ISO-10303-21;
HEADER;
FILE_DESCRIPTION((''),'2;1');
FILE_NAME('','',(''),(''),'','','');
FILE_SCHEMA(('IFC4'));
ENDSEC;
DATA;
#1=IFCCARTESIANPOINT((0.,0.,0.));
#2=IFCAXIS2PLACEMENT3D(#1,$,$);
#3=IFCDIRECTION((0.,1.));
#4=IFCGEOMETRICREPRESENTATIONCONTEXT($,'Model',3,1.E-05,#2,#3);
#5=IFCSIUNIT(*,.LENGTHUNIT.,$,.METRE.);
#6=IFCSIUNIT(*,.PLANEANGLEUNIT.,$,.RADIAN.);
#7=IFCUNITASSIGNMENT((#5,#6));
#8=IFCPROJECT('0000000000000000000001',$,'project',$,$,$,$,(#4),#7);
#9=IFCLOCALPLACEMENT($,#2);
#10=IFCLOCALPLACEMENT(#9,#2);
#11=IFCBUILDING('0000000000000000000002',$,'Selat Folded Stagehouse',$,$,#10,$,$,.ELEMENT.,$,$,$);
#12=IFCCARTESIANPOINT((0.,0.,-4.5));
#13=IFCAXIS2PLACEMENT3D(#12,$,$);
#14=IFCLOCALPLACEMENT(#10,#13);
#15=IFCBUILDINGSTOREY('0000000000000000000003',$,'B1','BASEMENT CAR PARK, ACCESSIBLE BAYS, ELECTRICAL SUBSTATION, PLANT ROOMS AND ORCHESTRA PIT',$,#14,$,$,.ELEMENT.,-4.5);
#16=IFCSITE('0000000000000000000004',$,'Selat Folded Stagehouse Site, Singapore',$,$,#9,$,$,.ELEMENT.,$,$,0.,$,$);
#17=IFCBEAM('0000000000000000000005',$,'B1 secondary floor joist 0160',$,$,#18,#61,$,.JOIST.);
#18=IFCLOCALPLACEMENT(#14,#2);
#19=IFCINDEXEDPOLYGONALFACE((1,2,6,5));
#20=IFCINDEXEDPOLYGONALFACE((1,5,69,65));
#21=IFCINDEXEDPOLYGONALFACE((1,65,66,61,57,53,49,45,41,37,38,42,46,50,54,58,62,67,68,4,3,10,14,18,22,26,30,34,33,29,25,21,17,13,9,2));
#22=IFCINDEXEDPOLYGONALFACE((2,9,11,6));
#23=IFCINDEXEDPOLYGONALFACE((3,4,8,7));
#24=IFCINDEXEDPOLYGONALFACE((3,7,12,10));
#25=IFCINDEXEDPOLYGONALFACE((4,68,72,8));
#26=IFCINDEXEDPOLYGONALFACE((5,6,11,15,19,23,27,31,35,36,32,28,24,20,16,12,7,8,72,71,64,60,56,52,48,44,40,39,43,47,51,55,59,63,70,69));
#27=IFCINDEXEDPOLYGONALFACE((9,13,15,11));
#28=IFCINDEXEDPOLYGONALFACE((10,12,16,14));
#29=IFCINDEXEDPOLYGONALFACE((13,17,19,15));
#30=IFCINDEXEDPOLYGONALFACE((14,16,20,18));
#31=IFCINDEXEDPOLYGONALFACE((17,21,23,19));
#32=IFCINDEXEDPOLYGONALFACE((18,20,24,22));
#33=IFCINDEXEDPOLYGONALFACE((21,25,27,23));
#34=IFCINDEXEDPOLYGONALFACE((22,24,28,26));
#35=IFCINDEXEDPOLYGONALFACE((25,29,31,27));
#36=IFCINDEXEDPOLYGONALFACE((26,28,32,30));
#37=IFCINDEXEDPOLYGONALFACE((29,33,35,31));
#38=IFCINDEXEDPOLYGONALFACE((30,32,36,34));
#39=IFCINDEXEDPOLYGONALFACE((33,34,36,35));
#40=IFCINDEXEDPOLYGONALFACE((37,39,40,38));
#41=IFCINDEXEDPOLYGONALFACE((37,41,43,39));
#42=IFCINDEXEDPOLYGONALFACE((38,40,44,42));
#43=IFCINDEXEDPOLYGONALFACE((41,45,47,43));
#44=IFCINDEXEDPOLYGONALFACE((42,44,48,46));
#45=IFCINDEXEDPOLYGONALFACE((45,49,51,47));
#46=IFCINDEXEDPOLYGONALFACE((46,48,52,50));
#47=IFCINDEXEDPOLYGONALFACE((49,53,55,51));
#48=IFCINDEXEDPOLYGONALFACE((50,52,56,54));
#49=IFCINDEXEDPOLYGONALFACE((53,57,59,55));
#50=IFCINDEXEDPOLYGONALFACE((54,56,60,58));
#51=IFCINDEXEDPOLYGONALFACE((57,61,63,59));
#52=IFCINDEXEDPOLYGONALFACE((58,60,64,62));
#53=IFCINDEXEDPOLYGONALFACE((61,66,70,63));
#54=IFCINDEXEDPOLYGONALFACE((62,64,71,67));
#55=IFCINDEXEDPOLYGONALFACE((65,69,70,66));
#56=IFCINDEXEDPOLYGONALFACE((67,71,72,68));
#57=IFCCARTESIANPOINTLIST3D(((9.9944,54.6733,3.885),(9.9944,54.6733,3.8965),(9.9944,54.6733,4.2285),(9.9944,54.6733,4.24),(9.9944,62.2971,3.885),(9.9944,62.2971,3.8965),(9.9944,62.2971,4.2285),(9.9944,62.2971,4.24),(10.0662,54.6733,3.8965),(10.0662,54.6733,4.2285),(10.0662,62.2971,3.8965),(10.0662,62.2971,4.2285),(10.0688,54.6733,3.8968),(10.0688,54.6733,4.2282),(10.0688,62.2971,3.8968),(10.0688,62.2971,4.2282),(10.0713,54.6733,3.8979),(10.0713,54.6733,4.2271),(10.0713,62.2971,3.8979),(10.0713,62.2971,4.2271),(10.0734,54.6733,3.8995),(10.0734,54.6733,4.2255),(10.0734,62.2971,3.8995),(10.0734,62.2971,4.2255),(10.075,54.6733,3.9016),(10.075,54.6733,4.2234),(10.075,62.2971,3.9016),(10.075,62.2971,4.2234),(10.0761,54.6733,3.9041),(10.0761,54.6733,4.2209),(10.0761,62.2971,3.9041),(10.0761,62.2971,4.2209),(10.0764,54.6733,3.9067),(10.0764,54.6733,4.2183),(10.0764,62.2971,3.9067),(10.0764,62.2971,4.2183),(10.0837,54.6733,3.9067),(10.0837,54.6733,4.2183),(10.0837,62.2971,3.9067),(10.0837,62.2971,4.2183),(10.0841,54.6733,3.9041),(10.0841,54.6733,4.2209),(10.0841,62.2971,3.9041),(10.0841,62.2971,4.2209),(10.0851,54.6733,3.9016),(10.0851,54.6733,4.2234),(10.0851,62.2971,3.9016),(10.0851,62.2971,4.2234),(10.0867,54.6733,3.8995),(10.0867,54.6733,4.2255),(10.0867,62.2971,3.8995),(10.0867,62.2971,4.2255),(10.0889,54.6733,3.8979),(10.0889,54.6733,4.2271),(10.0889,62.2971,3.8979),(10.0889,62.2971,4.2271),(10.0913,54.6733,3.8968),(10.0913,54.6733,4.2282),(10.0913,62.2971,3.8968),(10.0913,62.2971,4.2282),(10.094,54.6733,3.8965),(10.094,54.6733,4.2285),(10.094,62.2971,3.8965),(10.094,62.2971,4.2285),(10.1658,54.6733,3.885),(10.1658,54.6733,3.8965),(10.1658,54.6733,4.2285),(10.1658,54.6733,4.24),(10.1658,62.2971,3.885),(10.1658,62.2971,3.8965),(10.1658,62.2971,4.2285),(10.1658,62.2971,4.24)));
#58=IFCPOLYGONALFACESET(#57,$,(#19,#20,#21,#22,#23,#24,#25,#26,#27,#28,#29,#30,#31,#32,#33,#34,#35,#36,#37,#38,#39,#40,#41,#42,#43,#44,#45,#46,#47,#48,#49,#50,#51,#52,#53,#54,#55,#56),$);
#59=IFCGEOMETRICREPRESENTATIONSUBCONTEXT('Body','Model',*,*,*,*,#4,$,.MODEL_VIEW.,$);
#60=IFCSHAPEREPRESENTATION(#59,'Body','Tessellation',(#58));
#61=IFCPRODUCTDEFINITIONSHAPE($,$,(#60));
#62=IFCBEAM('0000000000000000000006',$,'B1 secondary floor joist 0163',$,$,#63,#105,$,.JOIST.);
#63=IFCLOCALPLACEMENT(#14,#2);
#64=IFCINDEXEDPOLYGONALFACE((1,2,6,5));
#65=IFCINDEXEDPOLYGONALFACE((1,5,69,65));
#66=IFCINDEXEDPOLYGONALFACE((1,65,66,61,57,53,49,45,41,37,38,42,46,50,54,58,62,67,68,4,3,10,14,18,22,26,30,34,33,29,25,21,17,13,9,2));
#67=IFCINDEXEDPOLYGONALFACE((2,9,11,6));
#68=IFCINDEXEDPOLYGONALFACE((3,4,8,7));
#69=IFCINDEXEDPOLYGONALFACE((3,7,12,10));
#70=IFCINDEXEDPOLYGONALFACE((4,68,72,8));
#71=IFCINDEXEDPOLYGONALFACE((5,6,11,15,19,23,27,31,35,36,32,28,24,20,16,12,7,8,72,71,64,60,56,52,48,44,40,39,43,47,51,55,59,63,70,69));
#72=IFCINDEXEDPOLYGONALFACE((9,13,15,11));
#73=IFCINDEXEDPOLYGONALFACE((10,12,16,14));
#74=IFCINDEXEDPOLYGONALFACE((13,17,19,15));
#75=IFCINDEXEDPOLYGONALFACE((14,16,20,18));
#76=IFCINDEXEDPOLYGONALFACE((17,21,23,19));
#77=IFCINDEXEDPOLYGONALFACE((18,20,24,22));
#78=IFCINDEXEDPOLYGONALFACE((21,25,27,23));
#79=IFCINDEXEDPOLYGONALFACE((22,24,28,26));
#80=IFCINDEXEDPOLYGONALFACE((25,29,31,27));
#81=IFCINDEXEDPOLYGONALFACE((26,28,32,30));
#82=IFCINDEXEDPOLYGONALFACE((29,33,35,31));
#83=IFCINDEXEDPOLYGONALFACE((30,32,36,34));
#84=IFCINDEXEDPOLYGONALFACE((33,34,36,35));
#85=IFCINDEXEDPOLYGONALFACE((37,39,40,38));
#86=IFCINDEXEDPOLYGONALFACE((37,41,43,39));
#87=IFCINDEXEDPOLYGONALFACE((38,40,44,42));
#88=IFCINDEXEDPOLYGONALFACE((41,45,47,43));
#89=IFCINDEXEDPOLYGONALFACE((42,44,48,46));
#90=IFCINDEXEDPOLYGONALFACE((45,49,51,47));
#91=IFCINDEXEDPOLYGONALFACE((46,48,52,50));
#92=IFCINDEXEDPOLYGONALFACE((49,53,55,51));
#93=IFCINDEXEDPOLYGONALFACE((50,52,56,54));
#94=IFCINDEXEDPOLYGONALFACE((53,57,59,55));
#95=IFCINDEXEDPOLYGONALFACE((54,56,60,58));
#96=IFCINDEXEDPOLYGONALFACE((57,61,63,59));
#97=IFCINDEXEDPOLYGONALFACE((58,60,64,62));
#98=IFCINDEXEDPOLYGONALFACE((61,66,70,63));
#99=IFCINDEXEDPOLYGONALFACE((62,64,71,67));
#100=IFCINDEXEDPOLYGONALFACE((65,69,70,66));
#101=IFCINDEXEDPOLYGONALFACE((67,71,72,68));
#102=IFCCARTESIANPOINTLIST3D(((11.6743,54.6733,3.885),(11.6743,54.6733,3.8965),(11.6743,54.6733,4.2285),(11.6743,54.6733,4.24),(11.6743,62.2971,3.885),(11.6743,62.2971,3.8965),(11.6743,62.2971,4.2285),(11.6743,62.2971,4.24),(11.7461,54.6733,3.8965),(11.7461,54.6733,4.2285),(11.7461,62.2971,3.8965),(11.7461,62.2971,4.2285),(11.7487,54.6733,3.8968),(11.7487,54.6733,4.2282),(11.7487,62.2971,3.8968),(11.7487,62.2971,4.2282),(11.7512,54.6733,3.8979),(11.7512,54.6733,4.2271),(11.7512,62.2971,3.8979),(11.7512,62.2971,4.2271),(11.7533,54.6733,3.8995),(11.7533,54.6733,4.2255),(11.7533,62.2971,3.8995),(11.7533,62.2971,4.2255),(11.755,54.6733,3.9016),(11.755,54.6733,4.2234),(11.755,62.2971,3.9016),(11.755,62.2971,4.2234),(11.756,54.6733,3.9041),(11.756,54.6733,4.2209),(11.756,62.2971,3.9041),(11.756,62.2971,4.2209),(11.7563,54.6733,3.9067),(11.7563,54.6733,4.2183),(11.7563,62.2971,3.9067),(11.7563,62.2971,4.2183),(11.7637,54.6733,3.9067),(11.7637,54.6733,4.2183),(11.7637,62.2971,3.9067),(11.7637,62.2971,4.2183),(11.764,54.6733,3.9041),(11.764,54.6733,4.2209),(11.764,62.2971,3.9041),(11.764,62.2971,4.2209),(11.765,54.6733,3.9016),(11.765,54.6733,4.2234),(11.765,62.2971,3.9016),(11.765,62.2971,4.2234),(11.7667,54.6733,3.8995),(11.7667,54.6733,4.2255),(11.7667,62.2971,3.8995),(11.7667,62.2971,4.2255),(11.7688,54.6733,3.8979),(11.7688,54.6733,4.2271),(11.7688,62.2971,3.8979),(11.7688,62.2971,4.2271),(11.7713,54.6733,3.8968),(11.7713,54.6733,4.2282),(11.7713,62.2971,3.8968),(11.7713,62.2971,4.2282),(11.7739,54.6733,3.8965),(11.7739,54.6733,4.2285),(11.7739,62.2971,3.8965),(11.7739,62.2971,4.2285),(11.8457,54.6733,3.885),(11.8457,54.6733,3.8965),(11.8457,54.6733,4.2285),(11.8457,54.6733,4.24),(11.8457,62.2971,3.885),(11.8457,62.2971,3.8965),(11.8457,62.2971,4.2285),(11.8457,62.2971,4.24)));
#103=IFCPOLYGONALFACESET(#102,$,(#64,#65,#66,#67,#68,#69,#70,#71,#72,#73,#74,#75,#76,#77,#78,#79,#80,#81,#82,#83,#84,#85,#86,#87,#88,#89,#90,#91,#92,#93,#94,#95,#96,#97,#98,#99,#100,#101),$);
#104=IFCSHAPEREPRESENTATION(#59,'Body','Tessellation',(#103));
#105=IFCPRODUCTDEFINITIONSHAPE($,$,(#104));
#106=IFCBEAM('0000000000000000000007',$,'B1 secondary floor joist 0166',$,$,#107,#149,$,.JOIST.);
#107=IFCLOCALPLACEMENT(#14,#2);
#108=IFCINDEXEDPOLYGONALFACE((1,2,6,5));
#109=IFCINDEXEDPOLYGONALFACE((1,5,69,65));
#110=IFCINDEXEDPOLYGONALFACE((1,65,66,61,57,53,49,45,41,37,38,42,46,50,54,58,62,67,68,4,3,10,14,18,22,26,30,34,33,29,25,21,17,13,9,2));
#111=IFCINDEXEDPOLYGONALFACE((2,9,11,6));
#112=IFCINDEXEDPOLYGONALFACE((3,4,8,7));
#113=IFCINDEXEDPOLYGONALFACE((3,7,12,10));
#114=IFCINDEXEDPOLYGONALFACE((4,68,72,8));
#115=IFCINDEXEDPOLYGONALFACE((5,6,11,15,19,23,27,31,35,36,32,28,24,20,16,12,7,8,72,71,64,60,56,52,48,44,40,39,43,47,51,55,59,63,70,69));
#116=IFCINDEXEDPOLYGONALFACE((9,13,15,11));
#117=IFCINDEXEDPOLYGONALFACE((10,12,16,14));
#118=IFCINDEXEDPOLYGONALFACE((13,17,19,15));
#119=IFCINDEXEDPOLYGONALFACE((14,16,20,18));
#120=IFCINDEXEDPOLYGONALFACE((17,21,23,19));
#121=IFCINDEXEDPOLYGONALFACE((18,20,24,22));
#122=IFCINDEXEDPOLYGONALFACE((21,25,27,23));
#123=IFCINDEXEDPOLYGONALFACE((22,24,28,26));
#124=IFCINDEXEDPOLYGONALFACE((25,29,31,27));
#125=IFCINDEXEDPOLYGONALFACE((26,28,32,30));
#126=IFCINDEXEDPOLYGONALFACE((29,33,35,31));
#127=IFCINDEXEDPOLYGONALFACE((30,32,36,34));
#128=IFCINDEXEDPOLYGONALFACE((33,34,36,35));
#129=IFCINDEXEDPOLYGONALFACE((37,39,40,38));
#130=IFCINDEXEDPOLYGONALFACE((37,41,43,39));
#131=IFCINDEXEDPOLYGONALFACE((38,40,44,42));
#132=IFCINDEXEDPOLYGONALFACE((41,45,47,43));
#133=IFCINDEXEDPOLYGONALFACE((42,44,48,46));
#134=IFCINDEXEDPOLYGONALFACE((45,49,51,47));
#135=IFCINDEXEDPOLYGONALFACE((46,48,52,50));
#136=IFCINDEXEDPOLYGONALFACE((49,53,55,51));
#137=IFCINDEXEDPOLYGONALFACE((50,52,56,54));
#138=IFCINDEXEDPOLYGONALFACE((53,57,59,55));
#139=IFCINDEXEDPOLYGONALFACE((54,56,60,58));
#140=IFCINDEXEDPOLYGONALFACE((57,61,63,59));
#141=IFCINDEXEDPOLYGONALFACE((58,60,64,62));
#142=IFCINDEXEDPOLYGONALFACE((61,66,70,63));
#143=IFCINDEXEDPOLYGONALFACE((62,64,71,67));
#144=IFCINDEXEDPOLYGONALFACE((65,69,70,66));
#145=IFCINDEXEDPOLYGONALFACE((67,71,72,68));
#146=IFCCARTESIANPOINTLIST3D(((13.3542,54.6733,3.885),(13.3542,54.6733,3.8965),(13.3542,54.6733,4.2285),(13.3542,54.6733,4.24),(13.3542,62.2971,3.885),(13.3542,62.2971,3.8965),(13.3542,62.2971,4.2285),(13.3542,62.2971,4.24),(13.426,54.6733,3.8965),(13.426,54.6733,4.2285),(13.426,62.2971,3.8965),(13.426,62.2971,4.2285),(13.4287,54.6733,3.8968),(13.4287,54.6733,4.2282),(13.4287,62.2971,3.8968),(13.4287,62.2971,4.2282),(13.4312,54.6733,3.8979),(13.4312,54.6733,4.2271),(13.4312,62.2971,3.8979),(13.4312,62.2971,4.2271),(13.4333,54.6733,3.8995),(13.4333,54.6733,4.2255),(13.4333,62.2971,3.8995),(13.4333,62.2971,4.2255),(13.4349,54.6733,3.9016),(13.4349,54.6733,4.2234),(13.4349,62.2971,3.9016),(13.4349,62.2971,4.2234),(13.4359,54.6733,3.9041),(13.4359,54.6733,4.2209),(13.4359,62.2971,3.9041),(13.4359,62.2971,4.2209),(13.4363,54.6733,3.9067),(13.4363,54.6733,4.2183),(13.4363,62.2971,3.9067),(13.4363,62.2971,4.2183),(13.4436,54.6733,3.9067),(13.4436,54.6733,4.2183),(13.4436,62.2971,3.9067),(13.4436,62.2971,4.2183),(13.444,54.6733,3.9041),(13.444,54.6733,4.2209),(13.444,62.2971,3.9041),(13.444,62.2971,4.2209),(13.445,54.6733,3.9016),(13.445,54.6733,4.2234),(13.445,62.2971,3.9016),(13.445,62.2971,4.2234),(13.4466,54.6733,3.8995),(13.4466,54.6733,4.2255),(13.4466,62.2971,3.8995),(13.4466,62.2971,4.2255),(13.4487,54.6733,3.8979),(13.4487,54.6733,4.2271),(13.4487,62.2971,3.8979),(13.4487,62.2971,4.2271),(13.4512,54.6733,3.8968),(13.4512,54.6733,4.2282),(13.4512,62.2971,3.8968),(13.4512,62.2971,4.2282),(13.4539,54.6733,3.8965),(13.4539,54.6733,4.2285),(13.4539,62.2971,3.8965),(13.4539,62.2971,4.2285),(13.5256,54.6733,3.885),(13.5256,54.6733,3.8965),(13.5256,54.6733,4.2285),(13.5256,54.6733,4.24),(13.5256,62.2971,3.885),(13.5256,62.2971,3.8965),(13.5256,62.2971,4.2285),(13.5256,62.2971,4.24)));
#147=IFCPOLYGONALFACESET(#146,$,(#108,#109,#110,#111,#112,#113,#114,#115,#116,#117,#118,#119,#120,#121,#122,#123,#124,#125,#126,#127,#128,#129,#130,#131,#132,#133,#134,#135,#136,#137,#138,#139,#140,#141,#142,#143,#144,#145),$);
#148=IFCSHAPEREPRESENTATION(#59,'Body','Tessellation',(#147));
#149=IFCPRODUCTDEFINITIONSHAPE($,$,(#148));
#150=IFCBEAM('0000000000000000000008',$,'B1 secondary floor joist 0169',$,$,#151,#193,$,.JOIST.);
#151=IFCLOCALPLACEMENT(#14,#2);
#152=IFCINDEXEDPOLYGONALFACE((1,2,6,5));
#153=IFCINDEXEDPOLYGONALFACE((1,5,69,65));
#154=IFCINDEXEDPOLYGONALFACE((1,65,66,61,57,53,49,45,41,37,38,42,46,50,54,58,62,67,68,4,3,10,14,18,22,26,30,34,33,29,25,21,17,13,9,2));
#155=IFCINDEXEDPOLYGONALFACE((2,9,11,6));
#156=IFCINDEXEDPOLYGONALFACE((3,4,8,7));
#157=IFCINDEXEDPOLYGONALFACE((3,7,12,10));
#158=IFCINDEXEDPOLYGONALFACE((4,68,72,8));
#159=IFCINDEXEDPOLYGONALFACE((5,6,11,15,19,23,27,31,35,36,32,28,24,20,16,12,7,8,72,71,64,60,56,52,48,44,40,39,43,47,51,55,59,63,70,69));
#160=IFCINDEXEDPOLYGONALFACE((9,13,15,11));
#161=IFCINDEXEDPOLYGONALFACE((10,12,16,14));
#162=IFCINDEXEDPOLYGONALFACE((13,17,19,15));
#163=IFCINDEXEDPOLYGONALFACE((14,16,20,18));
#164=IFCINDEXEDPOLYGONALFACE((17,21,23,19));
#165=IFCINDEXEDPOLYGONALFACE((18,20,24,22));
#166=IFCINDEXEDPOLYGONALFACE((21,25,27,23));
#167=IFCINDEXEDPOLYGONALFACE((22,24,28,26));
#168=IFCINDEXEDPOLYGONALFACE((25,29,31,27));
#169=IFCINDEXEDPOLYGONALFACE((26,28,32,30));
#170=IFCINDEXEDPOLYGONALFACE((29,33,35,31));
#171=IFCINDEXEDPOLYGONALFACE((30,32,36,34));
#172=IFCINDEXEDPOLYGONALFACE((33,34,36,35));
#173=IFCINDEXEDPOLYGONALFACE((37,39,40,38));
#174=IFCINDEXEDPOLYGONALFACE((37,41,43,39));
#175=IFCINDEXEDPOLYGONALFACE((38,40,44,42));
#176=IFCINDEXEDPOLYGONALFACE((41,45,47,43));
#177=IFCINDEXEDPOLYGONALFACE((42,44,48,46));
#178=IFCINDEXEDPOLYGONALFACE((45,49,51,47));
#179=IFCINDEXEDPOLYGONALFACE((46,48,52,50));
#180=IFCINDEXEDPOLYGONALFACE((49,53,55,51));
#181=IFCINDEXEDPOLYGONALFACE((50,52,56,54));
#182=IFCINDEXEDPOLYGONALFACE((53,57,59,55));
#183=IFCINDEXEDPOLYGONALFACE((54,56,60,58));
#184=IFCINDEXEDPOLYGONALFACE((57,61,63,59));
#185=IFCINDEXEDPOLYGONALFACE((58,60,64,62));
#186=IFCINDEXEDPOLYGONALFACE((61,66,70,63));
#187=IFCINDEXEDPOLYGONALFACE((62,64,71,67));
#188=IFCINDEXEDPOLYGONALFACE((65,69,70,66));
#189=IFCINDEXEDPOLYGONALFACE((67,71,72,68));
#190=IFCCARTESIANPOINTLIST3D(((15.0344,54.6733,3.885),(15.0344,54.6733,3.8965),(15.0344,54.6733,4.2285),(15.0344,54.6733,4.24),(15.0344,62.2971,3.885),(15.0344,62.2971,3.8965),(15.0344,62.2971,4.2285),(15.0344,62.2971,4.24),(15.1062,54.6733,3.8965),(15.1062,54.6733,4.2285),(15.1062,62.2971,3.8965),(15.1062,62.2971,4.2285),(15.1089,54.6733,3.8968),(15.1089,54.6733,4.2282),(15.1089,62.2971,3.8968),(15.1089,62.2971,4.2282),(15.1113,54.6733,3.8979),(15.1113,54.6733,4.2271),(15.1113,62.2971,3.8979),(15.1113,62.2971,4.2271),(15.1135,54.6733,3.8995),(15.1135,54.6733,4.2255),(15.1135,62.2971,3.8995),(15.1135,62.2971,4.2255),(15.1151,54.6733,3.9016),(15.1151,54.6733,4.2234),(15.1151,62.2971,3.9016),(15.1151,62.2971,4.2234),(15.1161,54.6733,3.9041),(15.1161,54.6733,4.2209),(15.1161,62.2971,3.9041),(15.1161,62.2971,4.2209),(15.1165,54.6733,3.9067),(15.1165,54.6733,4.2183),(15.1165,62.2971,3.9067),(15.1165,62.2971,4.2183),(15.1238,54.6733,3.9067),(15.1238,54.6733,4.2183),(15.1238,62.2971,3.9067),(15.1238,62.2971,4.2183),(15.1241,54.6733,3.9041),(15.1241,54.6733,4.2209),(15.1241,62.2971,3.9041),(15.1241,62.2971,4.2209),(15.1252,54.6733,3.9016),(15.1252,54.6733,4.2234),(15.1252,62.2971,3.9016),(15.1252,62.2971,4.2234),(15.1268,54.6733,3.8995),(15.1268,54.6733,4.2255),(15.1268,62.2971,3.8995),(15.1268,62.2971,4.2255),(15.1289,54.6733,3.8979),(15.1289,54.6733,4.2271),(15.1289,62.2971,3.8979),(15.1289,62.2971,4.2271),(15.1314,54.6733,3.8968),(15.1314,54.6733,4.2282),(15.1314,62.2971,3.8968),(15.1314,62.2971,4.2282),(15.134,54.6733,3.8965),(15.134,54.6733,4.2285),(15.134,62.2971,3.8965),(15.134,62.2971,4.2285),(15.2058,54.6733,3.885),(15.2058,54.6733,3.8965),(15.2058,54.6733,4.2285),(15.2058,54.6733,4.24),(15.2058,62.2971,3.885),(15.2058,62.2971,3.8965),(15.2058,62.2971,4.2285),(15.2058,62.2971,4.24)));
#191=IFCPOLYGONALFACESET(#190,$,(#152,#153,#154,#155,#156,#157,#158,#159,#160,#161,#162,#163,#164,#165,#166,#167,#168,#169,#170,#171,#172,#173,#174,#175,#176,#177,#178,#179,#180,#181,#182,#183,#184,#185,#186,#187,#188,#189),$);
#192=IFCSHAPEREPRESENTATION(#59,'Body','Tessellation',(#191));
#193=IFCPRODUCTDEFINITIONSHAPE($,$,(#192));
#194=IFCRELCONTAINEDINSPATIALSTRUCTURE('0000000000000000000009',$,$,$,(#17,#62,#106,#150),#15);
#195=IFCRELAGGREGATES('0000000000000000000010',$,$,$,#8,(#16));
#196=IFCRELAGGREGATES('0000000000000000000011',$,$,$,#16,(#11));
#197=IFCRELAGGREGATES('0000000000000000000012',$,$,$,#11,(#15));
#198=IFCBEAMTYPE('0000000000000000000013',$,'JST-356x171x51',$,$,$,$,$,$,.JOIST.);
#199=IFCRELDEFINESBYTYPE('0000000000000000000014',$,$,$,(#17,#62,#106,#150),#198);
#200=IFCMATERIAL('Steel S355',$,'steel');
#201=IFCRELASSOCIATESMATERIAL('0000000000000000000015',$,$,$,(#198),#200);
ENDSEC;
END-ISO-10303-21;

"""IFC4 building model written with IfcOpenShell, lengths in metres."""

from ifc_helpers import new_model, si_unit, direction, frame, origin, origin_2d, place, context, subcontext, project, spatial, i_section, extrude, material, material_profile, profile_set, type_object, element, save


model = new_model("IFC4")

# Units and contexts
model_context = context("Model", 3, precision=1e-05, world=origin(), true_north=direction((0.0, 1.0)))
body_context = subcontext(model_context, "Body", "Model", "MODEL_VIEW")
ifc_project = project(units=[si_unit("LENGTHUNIT", "METRE"), si_unit("PLANEANGLEUNIT", "RADIAN")], contexts=[model_context])

# Site, building, storey
site_placement = place(None, origin())
site = spatial("IfcSite", under=ifc_project, at=site_placement, Name="Selat Folded Stagehouse Site, Singapore", CompositionType="ELEMENT", RefElevation=0.0)
building_placement = place(site_placement, origin())
building = spatial("IfcBuilding", under=site, at=building_placement, Name="Selat Folded Stagehouse", CompositionType="ELEMENT")
storey_placement = place(building_placement, frame((0.0, 0.0, -4.5)))
storey = spatial("IfcBuildingStorey", under=building, at=storey_placement, Name="B1", Description="BASEMENT CAR PARK, ACCESSIBLE BAYS, ELECTRICAL SUBSTATION, PLANT ROOMS AND ORCHESTRA PIT", CompositionType="ELEMENT", Elevation=-4.5)

# Shared definitions
ifc_material_1 = material(Name="Steel S355", Category="steel")

# Beams
ifc_material_profile_1 = material_profile(ifc_material_1, i_section(OverallWidth=0.1714, OverallDepth=0.355, WebThickness=0.0073, FlangeThickness=0.0115, FilletRadius=0.0103, at=origin_2d()), Name="UKB 356x171x51")
ifc_profile_set_1 = profile_set([ifc_material_profile_1], Name="Steel S355")
beam_type_1 = type_object("IfcBeamType", Name="JST-356x171x51", PredefinedType="JOIST", material=ifc_profile_set_1)
for number, where, z_axis, x_axis, name in (
    (1, (10.0801, 54.6733, 4.0625), (0.0, 1.0, 0.0), (-1.0, 0.0, 0.0), "B1 secondary floor joist 0160"),
    (2, (11.76, 54.6733, 4.0625), (0.0, 1.0, 0.0), (-1.0, 0.0, 0.0), "B1 secondary floor joist 0163"),
    (3, (13.4399, 54.6733, 4.0625), (0.0, 1.0, 0.0), (-1.0, 0.0, 0.0), "B1 secondary floor joist 0166"),
    (4, (15.1201, 54.6733, 4.0625), (0.0, 1.0, 0.0), (-1.0, 0.0, 0.0), "B1 secondary floor joist 0169"),
):
    element("IfcBeam", number, at=place(storey_placement, frame(where, z_axis=z_axis, x_axis=x_axis)), inside=storey, type_object=beam_type_1, Name=name, PredefinedType="JOIST", context=body_context, shape_type="SweptSolid", body=[
        extrude(i_section(OverallWidth=0.1714, OverallDepth=0.355, WebThickness=0.0073, FlangeThickness=0.0115, FilletRadius=0.0103, at=origin_2d()), origin(), (0.0, 0.0, 1.0), 7.6238),
    ])

save(model, "model.ifc")
